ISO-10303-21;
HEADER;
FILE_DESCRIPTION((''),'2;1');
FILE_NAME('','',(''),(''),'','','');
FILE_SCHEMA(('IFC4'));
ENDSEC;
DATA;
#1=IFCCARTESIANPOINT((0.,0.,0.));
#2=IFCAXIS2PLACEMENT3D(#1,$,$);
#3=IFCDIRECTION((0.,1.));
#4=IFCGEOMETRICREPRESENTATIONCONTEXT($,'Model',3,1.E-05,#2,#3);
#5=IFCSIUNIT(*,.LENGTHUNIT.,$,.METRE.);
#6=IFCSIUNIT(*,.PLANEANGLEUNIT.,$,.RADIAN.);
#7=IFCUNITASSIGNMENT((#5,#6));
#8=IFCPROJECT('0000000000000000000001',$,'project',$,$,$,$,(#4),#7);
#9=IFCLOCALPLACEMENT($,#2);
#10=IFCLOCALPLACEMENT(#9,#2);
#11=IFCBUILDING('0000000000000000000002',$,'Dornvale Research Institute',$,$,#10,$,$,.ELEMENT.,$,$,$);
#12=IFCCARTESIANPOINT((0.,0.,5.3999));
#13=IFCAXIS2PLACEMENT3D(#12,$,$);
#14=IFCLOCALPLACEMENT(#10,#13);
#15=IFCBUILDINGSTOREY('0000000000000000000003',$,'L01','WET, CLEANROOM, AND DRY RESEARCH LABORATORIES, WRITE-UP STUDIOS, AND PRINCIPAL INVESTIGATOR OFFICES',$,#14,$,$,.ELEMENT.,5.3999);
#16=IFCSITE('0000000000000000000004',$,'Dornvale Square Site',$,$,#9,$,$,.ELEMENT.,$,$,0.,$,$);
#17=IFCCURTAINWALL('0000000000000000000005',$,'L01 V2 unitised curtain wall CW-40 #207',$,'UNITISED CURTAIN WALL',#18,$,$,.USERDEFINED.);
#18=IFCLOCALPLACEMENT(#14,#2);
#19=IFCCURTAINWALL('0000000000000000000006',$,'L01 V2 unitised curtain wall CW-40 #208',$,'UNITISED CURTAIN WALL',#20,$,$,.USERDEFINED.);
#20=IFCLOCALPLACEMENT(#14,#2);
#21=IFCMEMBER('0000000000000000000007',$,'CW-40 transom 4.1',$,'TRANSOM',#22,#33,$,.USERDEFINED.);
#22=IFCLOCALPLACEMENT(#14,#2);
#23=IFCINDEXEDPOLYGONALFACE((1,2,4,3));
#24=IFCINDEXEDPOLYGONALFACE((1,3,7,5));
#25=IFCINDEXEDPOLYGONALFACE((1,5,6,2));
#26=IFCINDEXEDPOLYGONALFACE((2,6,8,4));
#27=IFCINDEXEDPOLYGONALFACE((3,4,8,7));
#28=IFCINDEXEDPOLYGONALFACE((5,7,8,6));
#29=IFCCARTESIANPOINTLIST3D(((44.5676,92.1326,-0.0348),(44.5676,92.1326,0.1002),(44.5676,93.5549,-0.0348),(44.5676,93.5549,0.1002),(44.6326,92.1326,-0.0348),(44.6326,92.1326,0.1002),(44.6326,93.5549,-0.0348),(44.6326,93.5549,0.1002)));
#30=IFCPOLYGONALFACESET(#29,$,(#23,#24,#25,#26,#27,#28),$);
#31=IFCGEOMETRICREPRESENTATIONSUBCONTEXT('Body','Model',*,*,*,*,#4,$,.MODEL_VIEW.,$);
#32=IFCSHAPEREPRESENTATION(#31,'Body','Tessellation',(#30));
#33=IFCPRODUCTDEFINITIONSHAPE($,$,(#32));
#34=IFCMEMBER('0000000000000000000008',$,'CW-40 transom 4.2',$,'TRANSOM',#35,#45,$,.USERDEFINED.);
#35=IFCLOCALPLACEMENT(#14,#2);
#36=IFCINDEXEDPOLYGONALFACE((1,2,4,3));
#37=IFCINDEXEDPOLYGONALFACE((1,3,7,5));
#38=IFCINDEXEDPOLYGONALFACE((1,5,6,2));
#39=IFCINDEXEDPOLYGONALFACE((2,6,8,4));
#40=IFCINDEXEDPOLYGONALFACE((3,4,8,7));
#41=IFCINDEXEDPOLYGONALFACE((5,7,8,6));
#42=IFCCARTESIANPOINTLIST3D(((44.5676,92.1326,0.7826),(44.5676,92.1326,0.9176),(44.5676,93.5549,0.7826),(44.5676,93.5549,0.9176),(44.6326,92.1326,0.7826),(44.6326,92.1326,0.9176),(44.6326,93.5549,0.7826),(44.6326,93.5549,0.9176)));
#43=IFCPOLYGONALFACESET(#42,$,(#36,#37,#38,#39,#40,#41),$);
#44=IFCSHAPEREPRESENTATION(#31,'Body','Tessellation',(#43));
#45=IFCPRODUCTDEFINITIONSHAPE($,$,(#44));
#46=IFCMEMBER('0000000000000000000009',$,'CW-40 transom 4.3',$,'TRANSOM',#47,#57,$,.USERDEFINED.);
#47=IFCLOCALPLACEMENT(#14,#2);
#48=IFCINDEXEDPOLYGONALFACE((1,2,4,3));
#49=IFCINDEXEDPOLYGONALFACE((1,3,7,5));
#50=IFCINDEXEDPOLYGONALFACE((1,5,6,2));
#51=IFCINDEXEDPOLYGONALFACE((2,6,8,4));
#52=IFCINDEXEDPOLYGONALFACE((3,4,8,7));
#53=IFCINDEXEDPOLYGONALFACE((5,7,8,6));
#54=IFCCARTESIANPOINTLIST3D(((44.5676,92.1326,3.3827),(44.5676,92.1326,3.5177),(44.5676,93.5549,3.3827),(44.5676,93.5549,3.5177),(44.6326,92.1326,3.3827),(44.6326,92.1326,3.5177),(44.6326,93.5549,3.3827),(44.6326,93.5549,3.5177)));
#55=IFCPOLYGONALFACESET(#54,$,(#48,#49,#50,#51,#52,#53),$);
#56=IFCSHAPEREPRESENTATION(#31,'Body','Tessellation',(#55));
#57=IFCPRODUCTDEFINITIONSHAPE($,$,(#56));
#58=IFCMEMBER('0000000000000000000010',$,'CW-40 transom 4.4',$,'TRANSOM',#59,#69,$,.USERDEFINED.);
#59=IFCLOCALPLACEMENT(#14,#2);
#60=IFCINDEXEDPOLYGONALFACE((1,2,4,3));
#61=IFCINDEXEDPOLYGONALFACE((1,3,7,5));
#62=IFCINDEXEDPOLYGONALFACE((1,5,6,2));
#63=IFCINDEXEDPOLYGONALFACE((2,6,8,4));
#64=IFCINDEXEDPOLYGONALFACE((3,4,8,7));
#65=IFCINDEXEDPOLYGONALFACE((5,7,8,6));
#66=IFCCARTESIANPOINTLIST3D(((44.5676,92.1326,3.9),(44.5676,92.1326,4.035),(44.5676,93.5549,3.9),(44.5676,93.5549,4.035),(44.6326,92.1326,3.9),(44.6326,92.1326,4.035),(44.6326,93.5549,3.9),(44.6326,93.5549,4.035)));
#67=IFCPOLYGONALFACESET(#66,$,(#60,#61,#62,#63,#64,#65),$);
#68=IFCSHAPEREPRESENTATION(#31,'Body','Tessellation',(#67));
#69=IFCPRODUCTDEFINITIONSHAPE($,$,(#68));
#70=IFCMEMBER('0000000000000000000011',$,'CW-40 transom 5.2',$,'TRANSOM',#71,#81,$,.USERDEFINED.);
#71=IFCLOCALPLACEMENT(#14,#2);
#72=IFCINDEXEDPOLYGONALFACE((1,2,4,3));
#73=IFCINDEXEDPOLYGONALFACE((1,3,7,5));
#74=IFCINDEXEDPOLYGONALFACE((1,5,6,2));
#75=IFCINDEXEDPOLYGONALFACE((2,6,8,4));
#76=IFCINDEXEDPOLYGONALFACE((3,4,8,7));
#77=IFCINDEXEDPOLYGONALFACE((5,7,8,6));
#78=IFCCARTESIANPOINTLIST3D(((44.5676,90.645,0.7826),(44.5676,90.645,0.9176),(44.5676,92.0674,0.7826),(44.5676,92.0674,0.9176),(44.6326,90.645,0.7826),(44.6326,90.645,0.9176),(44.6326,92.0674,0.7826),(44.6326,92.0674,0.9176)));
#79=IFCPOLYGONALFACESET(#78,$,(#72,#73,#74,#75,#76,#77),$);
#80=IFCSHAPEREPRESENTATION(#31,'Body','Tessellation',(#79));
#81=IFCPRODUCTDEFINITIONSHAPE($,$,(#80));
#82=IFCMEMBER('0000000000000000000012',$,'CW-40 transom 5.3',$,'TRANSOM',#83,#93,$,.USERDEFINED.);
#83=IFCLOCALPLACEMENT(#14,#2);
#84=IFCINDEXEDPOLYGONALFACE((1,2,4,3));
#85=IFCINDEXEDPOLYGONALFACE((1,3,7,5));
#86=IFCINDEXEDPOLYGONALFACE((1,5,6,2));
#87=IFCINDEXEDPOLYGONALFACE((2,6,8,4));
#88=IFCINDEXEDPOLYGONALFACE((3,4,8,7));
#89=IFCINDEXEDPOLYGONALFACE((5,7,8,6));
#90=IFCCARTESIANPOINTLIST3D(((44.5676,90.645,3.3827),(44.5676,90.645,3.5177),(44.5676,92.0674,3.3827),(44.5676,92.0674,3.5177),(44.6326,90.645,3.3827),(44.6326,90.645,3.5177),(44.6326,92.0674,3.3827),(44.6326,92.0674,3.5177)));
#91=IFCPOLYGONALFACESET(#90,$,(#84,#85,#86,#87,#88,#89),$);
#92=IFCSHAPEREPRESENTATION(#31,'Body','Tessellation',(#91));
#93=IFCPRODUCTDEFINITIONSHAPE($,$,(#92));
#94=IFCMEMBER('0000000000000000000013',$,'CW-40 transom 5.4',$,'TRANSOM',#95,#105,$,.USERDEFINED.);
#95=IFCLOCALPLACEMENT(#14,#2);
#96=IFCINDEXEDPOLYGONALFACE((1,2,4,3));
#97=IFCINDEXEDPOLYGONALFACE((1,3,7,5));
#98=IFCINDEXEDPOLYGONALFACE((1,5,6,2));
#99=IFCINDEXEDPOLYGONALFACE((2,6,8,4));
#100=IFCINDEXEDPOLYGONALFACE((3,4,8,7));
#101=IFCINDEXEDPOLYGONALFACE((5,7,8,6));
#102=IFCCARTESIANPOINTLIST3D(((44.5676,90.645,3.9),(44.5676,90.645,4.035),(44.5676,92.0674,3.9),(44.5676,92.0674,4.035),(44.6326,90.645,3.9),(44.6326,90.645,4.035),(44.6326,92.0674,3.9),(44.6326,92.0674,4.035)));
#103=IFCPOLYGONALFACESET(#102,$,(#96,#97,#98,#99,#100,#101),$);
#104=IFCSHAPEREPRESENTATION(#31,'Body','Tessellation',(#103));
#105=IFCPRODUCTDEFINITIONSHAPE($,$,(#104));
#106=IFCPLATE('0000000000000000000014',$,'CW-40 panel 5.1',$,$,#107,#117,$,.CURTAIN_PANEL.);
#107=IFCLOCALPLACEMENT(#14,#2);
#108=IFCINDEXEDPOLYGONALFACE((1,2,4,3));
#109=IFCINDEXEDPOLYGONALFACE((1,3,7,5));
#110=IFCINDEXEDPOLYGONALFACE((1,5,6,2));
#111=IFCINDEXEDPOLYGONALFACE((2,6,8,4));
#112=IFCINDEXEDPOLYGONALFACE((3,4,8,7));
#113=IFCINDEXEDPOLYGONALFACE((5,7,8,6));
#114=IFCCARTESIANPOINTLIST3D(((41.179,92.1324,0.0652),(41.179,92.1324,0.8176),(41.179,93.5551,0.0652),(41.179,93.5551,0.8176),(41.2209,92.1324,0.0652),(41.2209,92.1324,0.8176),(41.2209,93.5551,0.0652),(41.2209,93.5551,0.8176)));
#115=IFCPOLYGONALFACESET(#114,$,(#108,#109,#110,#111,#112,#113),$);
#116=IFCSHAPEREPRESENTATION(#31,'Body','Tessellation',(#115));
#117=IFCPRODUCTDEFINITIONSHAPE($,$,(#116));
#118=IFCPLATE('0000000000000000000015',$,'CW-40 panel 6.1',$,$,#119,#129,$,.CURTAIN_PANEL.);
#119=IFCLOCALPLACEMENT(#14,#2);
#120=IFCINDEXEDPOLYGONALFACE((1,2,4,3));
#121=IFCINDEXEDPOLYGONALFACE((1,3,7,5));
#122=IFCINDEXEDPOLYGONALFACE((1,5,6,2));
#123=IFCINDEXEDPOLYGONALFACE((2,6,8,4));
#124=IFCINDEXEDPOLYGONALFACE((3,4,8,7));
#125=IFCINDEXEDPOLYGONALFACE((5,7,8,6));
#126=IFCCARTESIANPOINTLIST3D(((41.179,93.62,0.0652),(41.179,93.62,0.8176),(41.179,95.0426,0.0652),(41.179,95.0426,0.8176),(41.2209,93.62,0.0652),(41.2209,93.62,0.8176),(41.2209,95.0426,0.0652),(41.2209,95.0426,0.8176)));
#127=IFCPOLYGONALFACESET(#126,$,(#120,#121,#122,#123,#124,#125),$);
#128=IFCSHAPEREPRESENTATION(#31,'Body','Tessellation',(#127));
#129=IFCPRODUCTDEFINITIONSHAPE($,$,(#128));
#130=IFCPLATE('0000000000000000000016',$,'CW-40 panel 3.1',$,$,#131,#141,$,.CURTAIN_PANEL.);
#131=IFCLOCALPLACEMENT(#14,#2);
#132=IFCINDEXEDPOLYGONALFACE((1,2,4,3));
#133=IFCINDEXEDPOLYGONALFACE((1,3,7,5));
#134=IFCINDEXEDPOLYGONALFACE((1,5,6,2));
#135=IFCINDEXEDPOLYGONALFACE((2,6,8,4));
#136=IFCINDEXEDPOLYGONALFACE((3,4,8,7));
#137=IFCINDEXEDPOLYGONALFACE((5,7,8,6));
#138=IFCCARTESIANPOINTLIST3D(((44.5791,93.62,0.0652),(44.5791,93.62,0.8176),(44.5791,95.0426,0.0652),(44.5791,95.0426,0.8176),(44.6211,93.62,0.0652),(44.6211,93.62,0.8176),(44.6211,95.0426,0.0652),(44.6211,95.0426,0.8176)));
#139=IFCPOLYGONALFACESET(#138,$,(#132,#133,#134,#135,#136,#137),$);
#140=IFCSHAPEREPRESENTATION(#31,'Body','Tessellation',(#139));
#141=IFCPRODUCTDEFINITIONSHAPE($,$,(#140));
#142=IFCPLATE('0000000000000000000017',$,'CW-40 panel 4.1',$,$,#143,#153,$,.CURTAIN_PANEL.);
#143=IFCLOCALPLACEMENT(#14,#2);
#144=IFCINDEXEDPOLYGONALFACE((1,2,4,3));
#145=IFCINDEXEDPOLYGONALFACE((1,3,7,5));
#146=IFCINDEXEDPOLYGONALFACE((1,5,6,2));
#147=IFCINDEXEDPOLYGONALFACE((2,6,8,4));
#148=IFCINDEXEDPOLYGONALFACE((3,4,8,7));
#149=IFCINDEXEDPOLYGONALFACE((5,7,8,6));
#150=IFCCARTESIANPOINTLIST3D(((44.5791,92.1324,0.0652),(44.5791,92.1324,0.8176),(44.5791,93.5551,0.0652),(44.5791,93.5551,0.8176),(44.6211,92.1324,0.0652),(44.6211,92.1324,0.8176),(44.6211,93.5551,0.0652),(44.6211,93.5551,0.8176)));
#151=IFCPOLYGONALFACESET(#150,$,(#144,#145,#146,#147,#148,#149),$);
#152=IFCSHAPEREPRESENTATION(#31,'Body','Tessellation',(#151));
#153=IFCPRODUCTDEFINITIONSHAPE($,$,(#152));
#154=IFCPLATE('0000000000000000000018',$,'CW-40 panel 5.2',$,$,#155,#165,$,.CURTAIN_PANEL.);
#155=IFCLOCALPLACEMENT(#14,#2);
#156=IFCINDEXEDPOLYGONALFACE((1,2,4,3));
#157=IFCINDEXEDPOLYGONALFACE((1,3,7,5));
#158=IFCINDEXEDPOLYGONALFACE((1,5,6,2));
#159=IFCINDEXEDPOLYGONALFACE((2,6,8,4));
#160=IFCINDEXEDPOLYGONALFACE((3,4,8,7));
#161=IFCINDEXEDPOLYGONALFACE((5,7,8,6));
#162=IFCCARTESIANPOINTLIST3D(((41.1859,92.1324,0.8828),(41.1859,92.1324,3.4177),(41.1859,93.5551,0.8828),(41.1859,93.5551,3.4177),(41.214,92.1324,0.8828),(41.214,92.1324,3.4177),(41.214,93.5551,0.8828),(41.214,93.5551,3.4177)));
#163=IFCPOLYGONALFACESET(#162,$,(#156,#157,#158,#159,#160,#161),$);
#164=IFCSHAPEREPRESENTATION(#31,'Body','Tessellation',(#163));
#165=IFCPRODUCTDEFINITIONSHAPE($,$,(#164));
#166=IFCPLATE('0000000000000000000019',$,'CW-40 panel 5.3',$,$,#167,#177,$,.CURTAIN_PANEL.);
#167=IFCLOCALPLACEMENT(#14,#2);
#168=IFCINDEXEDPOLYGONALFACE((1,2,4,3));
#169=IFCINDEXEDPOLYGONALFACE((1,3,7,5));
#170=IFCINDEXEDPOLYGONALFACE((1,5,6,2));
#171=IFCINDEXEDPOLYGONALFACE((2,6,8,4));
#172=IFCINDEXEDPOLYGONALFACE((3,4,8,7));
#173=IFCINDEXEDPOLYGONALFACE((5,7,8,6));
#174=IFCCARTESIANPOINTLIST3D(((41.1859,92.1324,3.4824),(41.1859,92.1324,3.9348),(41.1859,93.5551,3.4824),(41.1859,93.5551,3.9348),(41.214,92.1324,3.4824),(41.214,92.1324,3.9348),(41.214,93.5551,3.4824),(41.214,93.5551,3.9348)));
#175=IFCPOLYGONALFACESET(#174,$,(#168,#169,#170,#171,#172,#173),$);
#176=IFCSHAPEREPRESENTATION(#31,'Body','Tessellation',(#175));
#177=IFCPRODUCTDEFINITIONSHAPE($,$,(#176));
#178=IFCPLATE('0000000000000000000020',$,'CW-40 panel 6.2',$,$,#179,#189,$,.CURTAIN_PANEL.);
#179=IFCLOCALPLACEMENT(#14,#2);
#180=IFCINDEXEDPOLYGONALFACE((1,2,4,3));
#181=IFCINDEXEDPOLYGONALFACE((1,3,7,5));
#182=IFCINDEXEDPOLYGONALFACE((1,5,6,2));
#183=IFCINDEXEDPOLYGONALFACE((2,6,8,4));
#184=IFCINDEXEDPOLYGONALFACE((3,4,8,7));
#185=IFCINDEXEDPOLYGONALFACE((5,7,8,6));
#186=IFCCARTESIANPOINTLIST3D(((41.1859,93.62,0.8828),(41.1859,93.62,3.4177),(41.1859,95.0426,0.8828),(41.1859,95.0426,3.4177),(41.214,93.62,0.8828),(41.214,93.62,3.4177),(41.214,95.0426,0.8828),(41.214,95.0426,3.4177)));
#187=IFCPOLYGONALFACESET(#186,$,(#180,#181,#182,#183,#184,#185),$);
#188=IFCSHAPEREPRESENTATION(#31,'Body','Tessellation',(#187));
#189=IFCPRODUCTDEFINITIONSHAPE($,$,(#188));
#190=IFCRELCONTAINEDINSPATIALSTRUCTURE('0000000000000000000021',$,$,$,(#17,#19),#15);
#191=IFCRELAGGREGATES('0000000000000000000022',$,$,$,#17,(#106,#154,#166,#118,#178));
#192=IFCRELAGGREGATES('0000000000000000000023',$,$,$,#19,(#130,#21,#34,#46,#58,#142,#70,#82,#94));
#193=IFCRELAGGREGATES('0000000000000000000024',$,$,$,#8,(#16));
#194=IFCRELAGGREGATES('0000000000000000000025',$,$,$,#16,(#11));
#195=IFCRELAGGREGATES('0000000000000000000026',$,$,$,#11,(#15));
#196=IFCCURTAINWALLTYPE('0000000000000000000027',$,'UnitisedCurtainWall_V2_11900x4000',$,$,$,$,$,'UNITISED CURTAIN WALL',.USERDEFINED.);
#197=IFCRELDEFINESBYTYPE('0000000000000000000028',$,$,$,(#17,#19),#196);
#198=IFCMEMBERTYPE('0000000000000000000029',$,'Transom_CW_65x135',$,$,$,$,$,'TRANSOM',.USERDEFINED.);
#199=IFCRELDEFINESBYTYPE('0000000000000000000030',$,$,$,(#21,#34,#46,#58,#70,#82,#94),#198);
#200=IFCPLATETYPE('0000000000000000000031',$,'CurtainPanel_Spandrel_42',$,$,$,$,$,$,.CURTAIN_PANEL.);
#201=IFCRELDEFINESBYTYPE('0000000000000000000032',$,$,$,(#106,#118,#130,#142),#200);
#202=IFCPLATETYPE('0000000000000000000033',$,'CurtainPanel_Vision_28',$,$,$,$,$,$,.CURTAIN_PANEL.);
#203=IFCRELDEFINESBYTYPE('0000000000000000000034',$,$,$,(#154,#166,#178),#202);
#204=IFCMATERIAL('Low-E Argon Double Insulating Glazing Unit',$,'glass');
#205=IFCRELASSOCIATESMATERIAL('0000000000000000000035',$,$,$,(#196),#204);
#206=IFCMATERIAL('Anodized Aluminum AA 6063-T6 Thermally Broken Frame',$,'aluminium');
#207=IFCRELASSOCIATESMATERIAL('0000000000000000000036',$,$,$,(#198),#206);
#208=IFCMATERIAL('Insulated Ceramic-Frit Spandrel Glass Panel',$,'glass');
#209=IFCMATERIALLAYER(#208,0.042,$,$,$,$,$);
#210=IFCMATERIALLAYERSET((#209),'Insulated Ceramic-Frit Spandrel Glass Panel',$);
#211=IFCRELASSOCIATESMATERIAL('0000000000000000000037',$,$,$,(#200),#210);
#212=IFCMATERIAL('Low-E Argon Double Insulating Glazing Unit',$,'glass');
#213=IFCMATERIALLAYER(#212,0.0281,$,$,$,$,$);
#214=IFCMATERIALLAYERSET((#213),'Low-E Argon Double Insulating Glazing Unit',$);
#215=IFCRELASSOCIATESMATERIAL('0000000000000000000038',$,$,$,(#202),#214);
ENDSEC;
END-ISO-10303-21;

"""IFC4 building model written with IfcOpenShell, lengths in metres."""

from ifc_helpers import new_model, si_unit, direction, frame, origin, origin_2d, place, context, subcontext, project, spatial, rectangle, extrude, material, layer, layer_set, material_profile, profile_set, type_object, element, aggregate, save


model = new_model("IFC4")

# Units and contexts
model_context = context("Model", 3, precision=1e-05, world=origin(), true_north=direction((0.0, 1.0)))
body_context = subcontext(model_context, "Body", "Model", "MODEL_VIEW")
ifc_project = project(units=[si_unit("LENGTHUNIT", "METRE"), si_unit("PLANEANGLEUNIT", "RADIAN")], contexts=[model_context])

# Site, building, storey
site_placement = place(None, origin())
site = spatial("IfcSite", under=ifc_project, at=site_placement, Name="Dornvale Square Site", CompositionType="ELEMENT", RefElevation=0.0)
building_placement = place(site_placement, origin())
building = spatial("IfcBuilding", under=site, at=building_placement, Name="Dornvale Research Institute", CompositionType="ELEMENT")
storey_placement = place(building_placement, frame((0.0, 0.0, 5.3999)))
storey = spatial("IfcBuildingStorey", under=building, at=storey_placement, Name="L01", Description="WET, CLEANROOM, AND DRY RESEARCH LABORATORIES, WRITE-UP STUDIOS, AND PRINCIPAL INVESTIGATOR OFFICES", CompositionType="ELEMENT", Elevation=5.3999)

# Curtain walls
ifc_material_1 = material(Name="Low-E Argon Double Insulating Glazing Unit", Category="glass")
curtain_wall_type = type_object("IfcCurtainWallType", Name="UnitisedCurtainWall_V2_11900x4000", ElementType="UNITISED CURTAIN WALL", PredefinedType="USERDEFINED", material=ifc_material_1)
curtain_wall_1_placement = place(storey_placement, origin())
curtain_wall_1 = element("IfcCurtainWall", 1, at=curtain_wall_1_placement, inside=storey, type_object=curtain_wall_type, Name="L01 V2 unitised curtain wall CW-40 #207", ObjectType="UNITISED CURTAIN WALL", PredefinedType="USERDEFINED")
curtain_wall_2_placement = place(storey_placement, origin())
curtain_wall_2 = element("IfcCurtainWall", 2, at=curtain_wall_2_placement, inside=storey, type_object=curtain_wall_type, Name="L01 V2 unitised curtain wall CW-40 #208", ObjectType="UNITISED CURTAIN WALL", PredefinedType="USERDEFINED")

# Members
ifc_material_2 = material(Name="Anodized Aluminum AA 6063-T6 Thermally Broken Frame", Category="aluminium")
ifc_material_profile_1 = material_profile(ifc_material_2, rectangle(XDim=0.0649, YDim=0.135, at=origin_2d()), Name="ALU TRANSOM 65x135")
ifc_profile_set_1 = profile_set([ifc_material_profile_1], Name="Anodized Aluminum AA 6063-T6 Thermally Broken Frame")
member_type_1 = type_object("IfcMemberType", Name="Transom_CW_65x135", ElementType="TRANSOM", PredefinedType="USERDEFINED", material=ifc_profile_set_1)
member_1_placement = place(storey_placement, frame((44.6001, 93.5549, 0.0327), z_axis=(0.0, -1.0, 0.0), x_axis=(1.0, 0.0, 0.0)))
member_1 = element("IfcMember", 3, at=member_1_placement, type_object=member_type_1, Name="CW-40 transom 4.1", ObjectType="TRANSOM", PredefinedType="USERDEFINED", context=body_context, shape_type="SweptSolid", body=[
    extrude(rectangle(XDim=0.0649, YDim=0.135, at=origin_2d()), origin(), (0.0, 0.0, 1.0), 1.4224),
])
member_2_placement = place(storey_placement, frame((44.6001, 93.5549, 0.8501), z_axis=(0.0, -1.0, 0.0), x_axis=(1.0, 0.0, 0.0)))
member_2 = element("IfcMember", 4, at=member_2_placement, type_object=member_type_1, Name="CW-40 transom 4.2", ObjectType="TRANSOM", PredefinedType="USERDEFINED", context=body_context, shape_type="SweptSolid", body=[
    extrude(rectangle(XDim=0.0649, YDim=0.135, at=origin_2d()), origin(), (0.0, 0.0, 1.0), 1.4224),
])
member_3_placement = place(storey_placement, frame((44.6001, 93.5549, 3.4502), z_axis=(0.0, -1.0, 0.0), x_axis=(1.0, 0.0, 0.0)))
member_3 = element("IfcMember", 5, at=member_3_placement, type_object=member_type_1, Name="CW-40 transom 4.3", ObjectType="TRANSOM", PredefinedType="USERDEFINED", context=body_context, shape_type="SweptSolid", body=[
    extrude(rectangle(XDim=0.0649, YDim=0.135, at=origin_2d()), origin(), (0.0, 0.0, 1.0), 1.4224),
])
member_4_placement = place(storey_placement, frame((44.6001, 93.5549, 3.9675), z_axis=(0.0, -1.0, 0.0), x_axis=(1.0, 0.0, 0.0)))
member_4 = element("IfcMember", 6, at=member_4_placement, type_object=member_type_1, Name="CW-40 transom 4.4", ObjectType="TRANSOM", PredefinedType="USERDEFINED", context=body_context, shape_type="SweptSolid", body=[
    extrude(rectangle(XDim=0.0649, YDim=0.135, at=origin_2d()), origin(), (0.0, 0.0, 1.0), 1.4224),
])
member_5_placement = place(storey_placement, frame((44.6001, 92.0674, 0.8501), z_axis=(0.0, -1.0, 0.0), x_axis=(1.0, 0.0, 0.0)))
member_5 = element("IfcMember", 7, at=member_5_placement, type_object=member_type_1, Name="CW-40 transom 5.2", ObjectType="TRANSOM", PredefinedType="USERDEFINED", context=body_context, shape_type="SweptSolid", body=[
    extrude(rectangle(XDim=0.0649, YDim=0.135, at=origin_2d()), origin(), (0.0, 0.0, 1.0), 1.4224),
])
member_6_placement = place(storey_placement, frame((44.6001, 92.0674, 3.4502), z_axis=(0.0, -1.0, 0.0), x_axis=(1.0, 0.0, 0.0)))
member_6 = element("IfcMember", 8, at=member_6_placement, type_object=member_type_1, Name="CW-40 transom 5.3", ObjectType="TRANSOM", PredefinedType="USERDEFINED", context=body_context, shape_type="SweptSolid", body=[
    extrude(rectangle(XDim=0.0649, YDim=0.135, at=origin_2d()), origin(), (0.0, 0.0, 1.0), 1.4224),
])
member_7_placement = place(storey_placement, frame((44.6001, 92.0674, 3.9675), z_axis=(0.0, -1.0, 0.0), x_axis=(1.0, 0.0, 0.0)))
member_7 = element("IfcMember", 9, at=member_7_placement, type_object=member_type_1, Name="CW-40 transom 5.4", ObjectType="TRANSOM", PredefinedType="USERDEFINED", context=body_context, shape_type="SweptSolid", body=[
    extrude(rectangle(XDim=0.0649, YDim=0.135, at=origin_2d()), origin(), (0.0, 0.0, 1.0), 1.4224),
])

# Plates
ifc_material_3 = material(Name="Insulated Ceramic-Frit Spandrel Glass Panel", Category="glass")
ifc_layer_1 = layer(ifc_material_3, 0.042)
ifc_layer_set_1 = layer_set([ifc_layer_1], Name="Insulated Ceramic-Frit Spandrel Glass Panel")
plate_type_1 = type_object("IfcPlateType", Name="CurtainPanel_Spandrel_42", PredefinedType="CURTAIN_PANEL", material=ifc_layer_set_1)
plate_1_placement = place(storey_placement, frame((41.2, 92.8438, 0.0652), z_axis=(0.0, 0.0, 1.0), x_axis=(0.0, 1.0, 0.0)))
plate_1 = element("IfcPlate", 10, at=plate_1_placement, type_object=plate_type_1, Name="CW-40 panel 5.1", PredefinedType="CURTAIN_PANEL", context=body_context, shape_type="SweptSolid", body=[
    extrude(rectangle(XDim=1.4226, YDim=0.042, at=origin_2d()), origin(), (0.0, 0.0, 1.0), 0.7524),
])
plate_2_placement = place(storey_placement, frame((41.2, 94.3313, 0.0652), z_axis=(0.0, 0.0, 1.0), x_axis=(0.0, 1.0, 0.0)))
plate_2 = element("IfcPlate", 11, at=plate_2_placement, type_object=plate_type_1, Name="CW-40 panel 6.1", PredefinedType="CURTAIN_PANEL", context=body_context, shape_type="SweptSolid", body=[
    extrude(rectangle(XDim=1.4226, YDim=0.042, at=origin_2d()), origin(), (0.0, 0.0, 1.0), 0.7524),
])
plate_3_placement = place(storey_placement, frame((44.6001, 94.3313, 0.0652), z_axis=(0.0, 0.0, 1.0), x_axis=(0.0, -1.0, 0.0)))
plate_3 = element("IfcPlate", 12, at=plate_3_placement, type_object=plate_type_1, Name="CW-40 panel 3.1", PredefinedType="CURTAIN_PANEL", context=body_context, shape_type="SweptSolid", body=[
    extrude(rectangle(XDim=1.4226, YDim=0.042, at=origin_2d()), origin(), (0.0, 0.0, 1.0), 0.7524),
])
plate_4_placement = place(storey_placement, frame((44.6001, 92.8438, 0.0652), z_axis=(0.0, 0.0, 1.0), x_axis=(0.0, -1.0, 0.0)))
plate_4 = element("IfcPlate", 13, at=plate_4_placement, type_object=plate_type_1, Name="CW-40 panel 4.1", PredefinedType="CURTAIN_PANEL", context=body_context, shape_type="SweptSolid", body=[
    extrude(rectangle(XDim=1.4226, YDim=0.042, at=origin_2d()), origin(), (0.0, 0.0, 1.0), 0.7524),
])
ifc_material_4 = material(Name="Low-E Argon Double Insulating Glazing Unit", Category="glass")
ifc_layer_2 = layer(ifc_material_4, 0.0281)
ifc_layer_set_2 = layer_set([ifc_layer_2], Name="Low-E Argon Double Insulating Glazing Unit")
plate_type_2 = type_object("IfcPlateType", Name="CurtainPanel_Vision_28", PredefinedType="CURTAIN_PANEL", material=ifc_layer_set_2)
plate_5_placement = place(storey_placement, frame((41.2, 92.8438, 0.8828), z_axis=(0.0, 0.0, 1.0), x_axis=(0.0, 1.0, 0.0)))
plate_5 = element("IfcPlate", 14, at=plate_5_placement, type_object=plate_type_2, Name="CW-40 panel 5.2", PredefinedType="CURTAIN_PANEL", context=body_context, shape_type="SweptSolid", body=[
    extrude(rectangle(XDim=1.4226, YDim=0.0281, at=origin_2d()), origin(), (0.0, 0.0, 1.0), 2.5349),
])
plate_6_placement = place(storey_placement, frame((41.2, 92.8438, 3.4824), z_axis=(0.0, 0.0, 1.0), x_axis=(0.0, 1.0, 0.0)))
plate_6 = element("IfcPlate", 15, at=plate_6_placement, type_object=plate_type_2, Name="CW-40 panel 5.3", PredefinedType="CURTAIN_PANEL", context=body_context, shape_type="SweptSolid", body=[
    extrude(rectangle(XDim=1.4226, YDim=0.0281, at=origin_2d()), origin(), (0.0, 0.0, 1.0), 0.4524),
])
plate_7_placement = place(storey_placement, frame((41.2, 94.3313, 0.8828), z_axis=(0.0, 0.0, 1.0), x_axis=(0.0, 1.0, 0.0)))
plate_7 = element("IfcPlate", 16, at=plate_7_placement, type_object=plate_type_2, Name="CW-40 panel 6.2", PredefinedType="CURTAIN_PANEL", context=body_context, shape_type="SweptSolid", body=[
    extrude(rectangle(XDim=1.4226, YDim=0.0281, at=origin_2d()), origin(), (0.0, 0.0, 1.0), 2.5349),
])
aggregate(curtain_wall_1, [plate_1, plate_5, plate_6, plate_2, plate_7])
aggregate(curtain_wall_2, [plate_3, member_1, member_2, member_3, member_4, plate_4, member_5, member_6, member_7])

save(model, "model.ifc")
